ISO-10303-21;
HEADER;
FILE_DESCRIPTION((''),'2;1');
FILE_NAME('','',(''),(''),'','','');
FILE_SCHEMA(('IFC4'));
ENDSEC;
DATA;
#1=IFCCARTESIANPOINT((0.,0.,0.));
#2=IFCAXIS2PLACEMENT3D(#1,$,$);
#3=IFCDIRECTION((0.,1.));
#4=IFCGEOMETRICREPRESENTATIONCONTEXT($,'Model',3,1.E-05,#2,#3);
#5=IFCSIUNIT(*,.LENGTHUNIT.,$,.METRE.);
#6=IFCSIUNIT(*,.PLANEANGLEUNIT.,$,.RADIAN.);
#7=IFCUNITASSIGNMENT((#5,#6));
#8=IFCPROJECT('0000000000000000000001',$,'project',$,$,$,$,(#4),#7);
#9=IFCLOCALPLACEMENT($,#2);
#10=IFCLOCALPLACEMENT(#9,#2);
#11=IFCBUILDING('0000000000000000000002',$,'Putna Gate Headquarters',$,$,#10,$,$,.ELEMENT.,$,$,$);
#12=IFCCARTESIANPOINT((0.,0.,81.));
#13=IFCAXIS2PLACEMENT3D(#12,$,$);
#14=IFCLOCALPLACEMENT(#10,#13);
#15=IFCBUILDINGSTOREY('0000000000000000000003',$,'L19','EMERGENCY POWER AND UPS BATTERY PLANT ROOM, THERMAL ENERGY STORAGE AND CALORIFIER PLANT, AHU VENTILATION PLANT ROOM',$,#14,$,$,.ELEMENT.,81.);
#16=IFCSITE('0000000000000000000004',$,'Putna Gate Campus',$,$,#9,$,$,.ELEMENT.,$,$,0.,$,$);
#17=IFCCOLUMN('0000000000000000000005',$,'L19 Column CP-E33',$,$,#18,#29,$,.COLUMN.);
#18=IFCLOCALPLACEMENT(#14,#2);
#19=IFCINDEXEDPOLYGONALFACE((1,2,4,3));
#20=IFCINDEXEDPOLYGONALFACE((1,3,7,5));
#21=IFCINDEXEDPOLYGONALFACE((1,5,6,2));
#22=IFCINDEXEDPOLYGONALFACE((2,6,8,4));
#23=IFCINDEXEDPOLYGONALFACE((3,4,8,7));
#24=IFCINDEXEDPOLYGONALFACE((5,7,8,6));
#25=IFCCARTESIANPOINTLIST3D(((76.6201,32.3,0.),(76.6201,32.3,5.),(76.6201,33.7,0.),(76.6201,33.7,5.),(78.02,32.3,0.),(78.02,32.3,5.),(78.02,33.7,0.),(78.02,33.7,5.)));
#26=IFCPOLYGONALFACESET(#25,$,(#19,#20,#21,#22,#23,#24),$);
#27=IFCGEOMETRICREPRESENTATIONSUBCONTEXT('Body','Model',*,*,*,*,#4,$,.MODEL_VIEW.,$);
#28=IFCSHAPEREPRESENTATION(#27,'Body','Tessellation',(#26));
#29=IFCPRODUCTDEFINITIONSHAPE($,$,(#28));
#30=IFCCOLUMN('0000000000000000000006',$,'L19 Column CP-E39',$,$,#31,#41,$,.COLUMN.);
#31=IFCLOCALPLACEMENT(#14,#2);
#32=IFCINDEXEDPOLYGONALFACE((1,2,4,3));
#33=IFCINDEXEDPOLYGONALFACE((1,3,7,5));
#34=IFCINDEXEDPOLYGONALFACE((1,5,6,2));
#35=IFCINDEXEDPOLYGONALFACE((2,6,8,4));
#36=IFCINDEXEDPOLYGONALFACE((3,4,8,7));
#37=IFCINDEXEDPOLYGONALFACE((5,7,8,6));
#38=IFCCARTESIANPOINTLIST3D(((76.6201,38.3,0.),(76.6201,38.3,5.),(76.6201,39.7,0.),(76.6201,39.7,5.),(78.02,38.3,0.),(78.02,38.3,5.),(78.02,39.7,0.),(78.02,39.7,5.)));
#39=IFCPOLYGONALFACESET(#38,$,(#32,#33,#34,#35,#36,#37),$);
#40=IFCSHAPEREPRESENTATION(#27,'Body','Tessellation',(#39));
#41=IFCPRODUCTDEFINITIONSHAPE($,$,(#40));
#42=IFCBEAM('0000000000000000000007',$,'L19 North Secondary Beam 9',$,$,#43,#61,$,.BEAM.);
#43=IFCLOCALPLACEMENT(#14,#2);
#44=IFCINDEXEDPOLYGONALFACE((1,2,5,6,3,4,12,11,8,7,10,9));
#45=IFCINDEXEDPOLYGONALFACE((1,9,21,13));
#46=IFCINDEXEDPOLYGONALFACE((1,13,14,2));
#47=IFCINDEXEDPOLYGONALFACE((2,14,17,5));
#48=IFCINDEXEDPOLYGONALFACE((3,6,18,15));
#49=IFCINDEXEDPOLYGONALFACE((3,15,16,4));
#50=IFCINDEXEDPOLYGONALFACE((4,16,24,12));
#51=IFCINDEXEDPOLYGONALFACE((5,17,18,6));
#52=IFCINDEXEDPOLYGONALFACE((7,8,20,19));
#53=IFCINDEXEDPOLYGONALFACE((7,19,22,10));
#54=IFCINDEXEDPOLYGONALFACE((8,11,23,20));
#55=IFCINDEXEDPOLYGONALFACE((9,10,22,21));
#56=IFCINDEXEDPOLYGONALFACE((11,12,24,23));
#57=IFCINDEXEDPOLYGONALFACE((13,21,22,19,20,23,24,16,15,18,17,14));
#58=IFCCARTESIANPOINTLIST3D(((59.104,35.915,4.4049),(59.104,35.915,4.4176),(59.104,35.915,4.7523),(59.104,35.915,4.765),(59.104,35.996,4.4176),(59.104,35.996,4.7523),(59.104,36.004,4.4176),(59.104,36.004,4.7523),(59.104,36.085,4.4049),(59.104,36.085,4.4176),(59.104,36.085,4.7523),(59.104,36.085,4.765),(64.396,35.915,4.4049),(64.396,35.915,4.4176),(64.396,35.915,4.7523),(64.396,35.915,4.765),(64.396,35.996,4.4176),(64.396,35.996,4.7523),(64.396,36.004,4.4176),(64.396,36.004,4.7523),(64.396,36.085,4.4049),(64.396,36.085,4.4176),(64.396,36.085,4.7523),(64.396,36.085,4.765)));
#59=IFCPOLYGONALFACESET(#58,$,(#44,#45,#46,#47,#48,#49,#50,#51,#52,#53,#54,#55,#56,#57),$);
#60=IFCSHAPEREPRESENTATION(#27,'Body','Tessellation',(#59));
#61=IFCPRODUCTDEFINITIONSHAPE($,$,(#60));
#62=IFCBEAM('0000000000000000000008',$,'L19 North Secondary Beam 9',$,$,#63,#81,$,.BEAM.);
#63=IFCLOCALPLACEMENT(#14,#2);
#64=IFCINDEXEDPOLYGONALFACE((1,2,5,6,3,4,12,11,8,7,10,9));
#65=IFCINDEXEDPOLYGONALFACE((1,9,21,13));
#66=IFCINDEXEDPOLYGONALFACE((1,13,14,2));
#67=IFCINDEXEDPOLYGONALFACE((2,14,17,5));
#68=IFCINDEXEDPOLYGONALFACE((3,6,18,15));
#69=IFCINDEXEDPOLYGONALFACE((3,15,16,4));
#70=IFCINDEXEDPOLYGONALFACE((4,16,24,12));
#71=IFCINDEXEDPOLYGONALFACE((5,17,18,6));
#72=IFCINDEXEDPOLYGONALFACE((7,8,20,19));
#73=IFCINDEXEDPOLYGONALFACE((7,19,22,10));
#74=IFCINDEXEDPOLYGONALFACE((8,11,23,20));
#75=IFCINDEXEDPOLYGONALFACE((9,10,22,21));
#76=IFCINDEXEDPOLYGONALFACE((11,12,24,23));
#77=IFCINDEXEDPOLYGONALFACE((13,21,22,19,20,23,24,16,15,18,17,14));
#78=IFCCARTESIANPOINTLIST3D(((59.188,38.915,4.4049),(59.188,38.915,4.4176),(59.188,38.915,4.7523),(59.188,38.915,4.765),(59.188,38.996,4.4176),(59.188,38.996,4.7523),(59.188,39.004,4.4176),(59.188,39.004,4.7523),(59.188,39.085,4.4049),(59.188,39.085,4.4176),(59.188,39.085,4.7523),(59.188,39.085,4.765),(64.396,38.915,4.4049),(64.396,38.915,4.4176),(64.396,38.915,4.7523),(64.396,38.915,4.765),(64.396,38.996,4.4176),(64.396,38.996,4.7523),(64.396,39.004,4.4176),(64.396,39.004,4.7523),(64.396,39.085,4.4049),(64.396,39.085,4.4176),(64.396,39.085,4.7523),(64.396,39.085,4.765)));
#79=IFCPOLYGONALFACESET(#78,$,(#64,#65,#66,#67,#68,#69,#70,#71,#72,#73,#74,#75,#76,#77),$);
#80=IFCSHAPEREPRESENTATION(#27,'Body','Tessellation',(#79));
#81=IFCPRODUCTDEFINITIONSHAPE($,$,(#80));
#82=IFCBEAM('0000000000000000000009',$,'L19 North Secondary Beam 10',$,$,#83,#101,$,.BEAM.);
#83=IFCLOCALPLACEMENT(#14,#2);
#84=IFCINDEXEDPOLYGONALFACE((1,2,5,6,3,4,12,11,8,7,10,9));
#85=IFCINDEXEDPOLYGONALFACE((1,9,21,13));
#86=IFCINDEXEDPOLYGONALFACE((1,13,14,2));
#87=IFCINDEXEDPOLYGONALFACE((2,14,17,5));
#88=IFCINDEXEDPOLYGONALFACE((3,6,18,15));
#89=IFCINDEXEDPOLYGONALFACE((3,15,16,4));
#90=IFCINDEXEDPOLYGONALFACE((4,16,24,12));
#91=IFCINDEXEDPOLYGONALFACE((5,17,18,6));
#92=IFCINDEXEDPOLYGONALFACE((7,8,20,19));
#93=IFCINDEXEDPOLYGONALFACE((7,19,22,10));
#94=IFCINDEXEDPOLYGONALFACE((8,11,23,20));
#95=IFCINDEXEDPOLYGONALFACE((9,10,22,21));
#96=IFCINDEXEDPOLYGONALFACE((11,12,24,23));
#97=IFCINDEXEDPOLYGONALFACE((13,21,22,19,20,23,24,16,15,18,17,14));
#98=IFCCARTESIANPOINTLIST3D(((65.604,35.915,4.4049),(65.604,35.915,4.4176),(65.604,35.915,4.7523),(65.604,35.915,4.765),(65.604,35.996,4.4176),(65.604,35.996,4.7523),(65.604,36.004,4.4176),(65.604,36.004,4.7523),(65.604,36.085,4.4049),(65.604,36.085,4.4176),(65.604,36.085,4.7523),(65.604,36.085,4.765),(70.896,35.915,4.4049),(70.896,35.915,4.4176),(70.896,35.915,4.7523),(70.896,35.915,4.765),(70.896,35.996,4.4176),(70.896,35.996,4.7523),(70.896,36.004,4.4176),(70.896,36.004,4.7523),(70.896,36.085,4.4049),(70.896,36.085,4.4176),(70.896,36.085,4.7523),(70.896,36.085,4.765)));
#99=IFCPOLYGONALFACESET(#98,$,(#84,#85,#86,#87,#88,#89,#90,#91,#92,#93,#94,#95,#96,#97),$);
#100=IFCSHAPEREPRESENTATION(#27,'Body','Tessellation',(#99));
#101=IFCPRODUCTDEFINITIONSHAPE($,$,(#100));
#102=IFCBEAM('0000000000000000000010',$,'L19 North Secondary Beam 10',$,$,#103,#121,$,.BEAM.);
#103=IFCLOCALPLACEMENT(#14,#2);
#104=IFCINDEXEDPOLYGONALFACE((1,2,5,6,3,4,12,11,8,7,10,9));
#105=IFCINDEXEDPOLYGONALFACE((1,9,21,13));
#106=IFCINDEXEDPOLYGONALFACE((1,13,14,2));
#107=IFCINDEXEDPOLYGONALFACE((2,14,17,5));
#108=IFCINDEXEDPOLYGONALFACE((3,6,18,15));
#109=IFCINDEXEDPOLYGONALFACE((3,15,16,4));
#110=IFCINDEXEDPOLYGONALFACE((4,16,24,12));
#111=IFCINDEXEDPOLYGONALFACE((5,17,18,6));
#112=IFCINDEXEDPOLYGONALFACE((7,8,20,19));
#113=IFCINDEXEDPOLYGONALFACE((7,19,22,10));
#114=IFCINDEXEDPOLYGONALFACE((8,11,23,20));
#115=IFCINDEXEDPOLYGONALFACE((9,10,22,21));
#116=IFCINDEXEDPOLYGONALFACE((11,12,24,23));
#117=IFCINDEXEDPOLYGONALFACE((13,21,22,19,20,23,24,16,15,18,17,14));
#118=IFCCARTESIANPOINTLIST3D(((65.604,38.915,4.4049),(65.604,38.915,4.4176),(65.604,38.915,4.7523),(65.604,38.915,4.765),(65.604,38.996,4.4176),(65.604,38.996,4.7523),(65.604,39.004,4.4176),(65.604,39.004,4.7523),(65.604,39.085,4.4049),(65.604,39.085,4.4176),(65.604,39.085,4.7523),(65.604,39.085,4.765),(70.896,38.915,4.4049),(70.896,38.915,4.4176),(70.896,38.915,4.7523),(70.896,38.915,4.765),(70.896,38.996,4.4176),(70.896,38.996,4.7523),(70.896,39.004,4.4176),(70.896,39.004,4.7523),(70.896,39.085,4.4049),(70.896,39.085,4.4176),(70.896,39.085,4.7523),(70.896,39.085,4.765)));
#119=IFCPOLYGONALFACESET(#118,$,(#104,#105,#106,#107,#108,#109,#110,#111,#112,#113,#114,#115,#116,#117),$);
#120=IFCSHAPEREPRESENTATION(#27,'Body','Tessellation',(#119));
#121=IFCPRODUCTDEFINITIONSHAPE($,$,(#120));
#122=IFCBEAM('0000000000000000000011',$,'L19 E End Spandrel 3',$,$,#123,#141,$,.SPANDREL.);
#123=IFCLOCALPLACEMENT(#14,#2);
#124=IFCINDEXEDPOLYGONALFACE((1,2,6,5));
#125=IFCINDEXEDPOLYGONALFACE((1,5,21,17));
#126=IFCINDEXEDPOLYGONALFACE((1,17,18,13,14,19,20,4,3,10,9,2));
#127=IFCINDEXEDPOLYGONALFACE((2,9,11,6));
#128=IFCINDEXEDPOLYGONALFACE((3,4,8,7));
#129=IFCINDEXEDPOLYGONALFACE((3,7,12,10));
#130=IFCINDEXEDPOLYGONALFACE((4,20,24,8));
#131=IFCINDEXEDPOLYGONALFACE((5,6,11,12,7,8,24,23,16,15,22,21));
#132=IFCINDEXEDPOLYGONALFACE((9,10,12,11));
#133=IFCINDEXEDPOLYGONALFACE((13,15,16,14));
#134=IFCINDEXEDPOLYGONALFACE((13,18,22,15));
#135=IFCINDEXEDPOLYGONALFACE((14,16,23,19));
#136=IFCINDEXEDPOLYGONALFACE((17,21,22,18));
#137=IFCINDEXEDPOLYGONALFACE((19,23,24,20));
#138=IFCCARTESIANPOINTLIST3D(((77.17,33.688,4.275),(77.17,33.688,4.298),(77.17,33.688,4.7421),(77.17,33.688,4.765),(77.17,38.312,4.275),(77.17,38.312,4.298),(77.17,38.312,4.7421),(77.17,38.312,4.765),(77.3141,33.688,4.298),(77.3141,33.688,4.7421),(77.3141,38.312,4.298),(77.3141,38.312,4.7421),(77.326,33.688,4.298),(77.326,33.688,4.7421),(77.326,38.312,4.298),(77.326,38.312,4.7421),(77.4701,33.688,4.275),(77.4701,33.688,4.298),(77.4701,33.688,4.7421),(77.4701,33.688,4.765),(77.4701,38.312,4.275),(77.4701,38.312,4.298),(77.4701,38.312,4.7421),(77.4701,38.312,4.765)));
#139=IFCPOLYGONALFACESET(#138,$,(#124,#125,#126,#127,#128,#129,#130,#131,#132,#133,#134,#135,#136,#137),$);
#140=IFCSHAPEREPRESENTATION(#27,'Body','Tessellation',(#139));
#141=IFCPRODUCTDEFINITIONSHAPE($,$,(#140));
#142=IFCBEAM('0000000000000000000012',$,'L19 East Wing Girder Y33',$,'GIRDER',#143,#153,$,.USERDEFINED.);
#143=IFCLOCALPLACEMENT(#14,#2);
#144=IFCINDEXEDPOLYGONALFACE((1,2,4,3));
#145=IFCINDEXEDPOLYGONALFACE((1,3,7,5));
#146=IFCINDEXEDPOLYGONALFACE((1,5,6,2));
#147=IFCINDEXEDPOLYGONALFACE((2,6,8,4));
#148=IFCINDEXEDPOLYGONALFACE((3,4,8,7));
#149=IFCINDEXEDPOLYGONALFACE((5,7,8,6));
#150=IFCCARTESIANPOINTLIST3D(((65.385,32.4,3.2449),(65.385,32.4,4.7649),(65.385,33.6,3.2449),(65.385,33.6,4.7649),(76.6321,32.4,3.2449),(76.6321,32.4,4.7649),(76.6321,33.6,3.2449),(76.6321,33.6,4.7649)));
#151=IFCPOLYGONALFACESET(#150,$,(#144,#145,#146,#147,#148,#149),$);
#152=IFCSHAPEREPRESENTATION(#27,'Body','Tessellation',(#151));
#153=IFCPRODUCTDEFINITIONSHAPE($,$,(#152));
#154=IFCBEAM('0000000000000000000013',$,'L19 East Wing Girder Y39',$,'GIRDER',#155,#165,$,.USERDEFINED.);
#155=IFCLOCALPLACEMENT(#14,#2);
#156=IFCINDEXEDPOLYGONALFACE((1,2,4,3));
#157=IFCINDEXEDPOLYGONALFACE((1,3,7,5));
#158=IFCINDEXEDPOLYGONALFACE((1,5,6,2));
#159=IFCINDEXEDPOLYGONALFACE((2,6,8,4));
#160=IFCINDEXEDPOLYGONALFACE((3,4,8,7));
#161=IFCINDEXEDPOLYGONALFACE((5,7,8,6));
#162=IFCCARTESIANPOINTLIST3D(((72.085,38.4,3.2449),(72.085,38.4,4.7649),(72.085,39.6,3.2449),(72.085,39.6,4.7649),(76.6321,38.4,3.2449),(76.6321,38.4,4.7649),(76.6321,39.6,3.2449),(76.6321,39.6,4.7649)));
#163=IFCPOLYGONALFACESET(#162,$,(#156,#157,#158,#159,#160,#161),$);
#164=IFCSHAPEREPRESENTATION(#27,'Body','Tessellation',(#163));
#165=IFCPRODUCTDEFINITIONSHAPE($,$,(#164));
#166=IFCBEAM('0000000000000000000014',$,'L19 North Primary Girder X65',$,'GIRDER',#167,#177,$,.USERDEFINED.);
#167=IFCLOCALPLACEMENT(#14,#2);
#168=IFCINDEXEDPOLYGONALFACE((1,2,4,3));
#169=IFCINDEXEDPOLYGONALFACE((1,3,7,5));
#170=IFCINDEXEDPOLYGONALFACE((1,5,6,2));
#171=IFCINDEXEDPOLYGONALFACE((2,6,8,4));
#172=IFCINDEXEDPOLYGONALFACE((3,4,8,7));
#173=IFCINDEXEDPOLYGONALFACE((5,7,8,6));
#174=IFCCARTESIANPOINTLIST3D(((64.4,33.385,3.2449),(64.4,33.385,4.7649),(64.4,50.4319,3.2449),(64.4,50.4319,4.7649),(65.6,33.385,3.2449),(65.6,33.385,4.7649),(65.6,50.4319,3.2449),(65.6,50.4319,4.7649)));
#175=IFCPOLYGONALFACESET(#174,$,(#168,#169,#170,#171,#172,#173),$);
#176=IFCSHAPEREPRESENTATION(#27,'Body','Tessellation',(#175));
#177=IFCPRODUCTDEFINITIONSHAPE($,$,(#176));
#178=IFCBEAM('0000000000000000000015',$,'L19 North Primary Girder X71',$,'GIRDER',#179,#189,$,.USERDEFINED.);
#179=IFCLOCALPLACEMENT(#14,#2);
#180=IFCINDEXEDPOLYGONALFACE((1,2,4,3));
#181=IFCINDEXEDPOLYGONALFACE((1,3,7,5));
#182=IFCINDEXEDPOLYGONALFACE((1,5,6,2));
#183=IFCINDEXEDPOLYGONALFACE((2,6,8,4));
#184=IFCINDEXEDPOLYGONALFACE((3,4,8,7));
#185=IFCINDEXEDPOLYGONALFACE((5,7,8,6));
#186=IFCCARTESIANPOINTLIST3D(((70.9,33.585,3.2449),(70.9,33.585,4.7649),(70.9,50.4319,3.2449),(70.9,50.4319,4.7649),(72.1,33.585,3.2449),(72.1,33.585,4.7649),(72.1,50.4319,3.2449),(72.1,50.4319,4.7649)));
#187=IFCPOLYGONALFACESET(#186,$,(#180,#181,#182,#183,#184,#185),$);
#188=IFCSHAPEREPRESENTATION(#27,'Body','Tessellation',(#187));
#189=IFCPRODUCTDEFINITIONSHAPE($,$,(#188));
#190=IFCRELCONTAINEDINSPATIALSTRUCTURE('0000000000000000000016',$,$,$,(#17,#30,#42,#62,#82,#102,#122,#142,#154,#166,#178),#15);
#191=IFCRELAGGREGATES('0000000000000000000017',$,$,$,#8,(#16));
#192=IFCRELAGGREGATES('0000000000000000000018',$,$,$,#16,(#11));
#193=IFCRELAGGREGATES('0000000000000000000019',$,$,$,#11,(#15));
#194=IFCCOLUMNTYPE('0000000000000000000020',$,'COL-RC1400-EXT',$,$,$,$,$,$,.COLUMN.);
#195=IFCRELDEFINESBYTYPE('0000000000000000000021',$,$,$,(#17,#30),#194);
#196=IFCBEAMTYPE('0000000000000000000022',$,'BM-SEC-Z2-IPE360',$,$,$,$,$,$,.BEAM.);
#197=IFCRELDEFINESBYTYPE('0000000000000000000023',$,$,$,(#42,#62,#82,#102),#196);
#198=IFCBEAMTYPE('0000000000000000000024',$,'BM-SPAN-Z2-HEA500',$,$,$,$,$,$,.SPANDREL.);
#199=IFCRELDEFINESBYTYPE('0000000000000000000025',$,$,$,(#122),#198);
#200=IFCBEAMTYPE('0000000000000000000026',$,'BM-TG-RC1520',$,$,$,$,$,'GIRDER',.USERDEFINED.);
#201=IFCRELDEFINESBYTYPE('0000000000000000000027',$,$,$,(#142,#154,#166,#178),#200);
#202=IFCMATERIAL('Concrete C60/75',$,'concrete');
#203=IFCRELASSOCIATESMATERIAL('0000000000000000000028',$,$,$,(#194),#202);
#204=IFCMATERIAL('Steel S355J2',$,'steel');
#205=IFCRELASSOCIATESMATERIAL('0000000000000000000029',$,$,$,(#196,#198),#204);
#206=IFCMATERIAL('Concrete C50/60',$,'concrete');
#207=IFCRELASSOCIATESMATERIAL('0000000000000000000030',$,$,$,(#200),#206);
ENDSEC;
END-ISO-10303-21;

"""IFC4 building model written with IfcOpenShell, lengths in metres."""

from ifc_helpers import new_model, si_unit, direction, frame, origin, origin_2d, place, context, subcontext, project, spatial, rectangle, i_section, extrude, material, material_profile, profile_set, type_object, element, save


model = new_model("IFC4")

# Units and contexts
model_context = context("Model", 3, precision=1e-05, world=origin(), true_north=direction((0.0, 1.0)))
body_context = subcontext(model_context, "Body", "Model", "MODEL_VIEW")
ifc_project = project(units=[si_unit("LENGTHUNIT", "METRE"), si_unit("PLANEANGLEUNIT", "RADIAN")], contexts=[model_context])

# Site, building, storey
site_placement = place(None, origin())
site = spatial("IfcSite", under=ifc_project, at=site_placement, Name="Putna Gate Campus", CompositionType="ELEMENT", RefElevation=0.0)
building_placement = place(site_placement, origin())
building = spatial("IfcBuilding", under=site, at=building_placement, Name="Putna Gate Headquarters", CompositionType="ELEMENT")
storey_placement = place(building_placement, frame((0.0, 0.0, 81.0)))
storey = spatial("IfcBuildingStorey", under=building, at=storey_placement, Name="L19", Description="EMERGENCY POWER AND UPS BATTERY PLANT ROOM, THERMAL ENERGY STORAGE AND CALORIFIER PLANT, AHU VENTILATION PLANT ROOM", CompositionType="ELEMENT", Elevation=81.0)

# Columns
ifc_material_1 = material(Name="Concrete C60/75", Category="concrete")
ifc_material_profile_1 = material_profile(ifc_material_1, rectangle(XDim=1.3999, YDim=1.3999, at=origin_2d()), Name="Concrete C60/75")
ifc_profile_set_1 = profile_set([ifc_material_profile_1], Name="Concrete C60/75")
column_type = type_object("IfcColumnType", Name="COL-RC1400-EXT", PredefinedType="COLUMN", material=ifc_profile_set_1)
for number, where, z_axis, x_axis, name in (
    (1, (77.3201, 33.0, 0.0), (0.0, 0.0, 1.0), (1.0, 0.0, 0.0), "L19 Column CP-E33"),
    (2, (77.3201, 39.0, 0.0), (0.0, 0.0, 1.0), (1.0, 0.0, 0.0), "L19 Column CP-E39"),
):
    element("IfcColumn", number, at=place(storey_placement, frame(where, z_axis=z_axis, x_axis=x_axis)), inside=storey, type_object=column_type, Name=name, PredefinedType="COLUMN", context=body_context, shape_type="SweptSolid", body=[
        extrude(rectangle(XDim=1.3999, YDim=1.3999, at=origin_2d()), origin(), (0.0, 0.0, 1.0), 5.0),
    ])

# Beams
ifc_material_2 = material(Name="Steel S355J2", Category="steel")
ifc_material_profile_2 = material_profile(ifc_material_2, i_section(OverallWidth=0.1699, OverallDepth=0.3601, WebThickness=0.0081, FlangeThickness=0.0127, at=origin_2d()), Name="Steel S355J2")
ifc_profile_set_2 = profile_set([ifc_material_profile_2], Name="Steel S355J2")
beam_type_1 = type_object("IfcBeamType", Name="BM-SEC-Z2-IPE360", PredefinedType="BEAM", material=ifc_profile_set_2)
beam_1_placement = place(storey_placement, frame((59.104, 36.0, 4.585), z_axis=(1.0, 0.0, 0.0), x_axis=(0.0, 1.0, 0.0)))
element("IfcBeam", 3, at=beam_1_placement, inside=storey, type_object=beam_type_1, Name="L19 North Secondary Beam 9", PredefinedType="BEAM", context=body_context, shape_type="SweptSolid", body=[
    extrude(i_section(OverallWidth=0.1699, OverallDepth=0.3601, WebThickness=0.0081, FlangeThickness=0.0127, at=origin_2d()), origin(), (0.0, 0.0, 1.0), 5.292),
])
beam_2_placement = place(storey_placement, frame((59.188, 39.0, 4.585), z_axis=(1.0, 0.0, 0.0), x_axis=(0.0, 1.0, 0.0)))
element("IfcBeam", 4, at=beam_2_placement, inside=storey, type_object=beam_type_1, Name="L19 North Secondary Beam 9", PredefinedType="BEAM", context=body_context, shape_type="SweptSolid", body=[
    extrude(i_section(OverallWidth=0.1699, OverallDepth=0.3601, WebThickness=0.0081, FlangeThickness=0.0127, at=origin_2d()), origin(), (0.0, 0.0, 1.0), 5.208),
])
for number, where, z_axis, x_axis, name in (
    (5, (65.604, 36.0, 4.585), (1.0, 0.0, 0.0), (0.0, 1.0, 0.0), "L19 North Secondary Beam 10"),
    (6, (65.604, 39.0, 4.585), (1.0, 0.0, 0.0), (0.0, 1.0, 0.0), "L19 North Secondary Beam 10"),
):
    element("IfcBeam", number, at=place(storey_placement, frame(where, z_axis=z_axis, x_axis=x_axis)), inside=storey, type_object=beam_type_1, Name=name, PredefinedType="BEAM", context=body_context, shape_type="SweptSolid", body=[
        extrude(i_section(OverallWidth=0.1699, OverallDepth=0.3601, WebThickness=0.0081, FlangeThickness=0.0127, at=origin_2d()), origin(), (0.0, 0.0, 1.0), 5.292),
    ])
ifc_material_profile_3 = material_profile(ifc_material_2, i_section(OverallWidth=0.3, OverallDepth=0.49, WebThickness=0.012, FlangeThickness=0.0229, at=origin_2d()), Name="Steel S355J2")
ifc_profile_set_3 = profile_set([ifc_material_profile_3], Name="Steel S355J2")
beam_type_2 = type_object("IfcBeamType", Name="BM-SPAN-Z2-HEA500", PredefinedType="SPANDREL", material=ifc_profile_set_3)
beam_3_placement = place(storey_placement, frame((77.3201, 33.688, 4.52), z_axis=(0.0, 1.0, 0.0), x_axis=(-1.0, 0.0, 0.0)))
element("IfcBeam", 7, at=beam_3_placement, inside=storey, type_object=beam_type_2, Name="L19 E End Spandrel 3", PredefinedType="SPANDREL", context=body_context, shape_type="SweptSolid", body=[
    extrude(i_section(OverallWidth=0.3, OverallDepth=0.49, WebThickness=0.012, FlangeThickness=0.0229, at=origin_2d()), origin(), (0.0, 0.0, 1.0), 4.624),
])
ifc_material_3 = material(Name="Concrete C50/60", Category="concrete")
ifc_material_profile_4 = material_profile(ifc_material_3, rectangle(XDim=1.2, YDim=1.52, at=origin_2d()), Name="Concrete C50/60")
ifc_profile_set_4 = profile_set([ifc_material_profile_4], Name="Concrete C50/60")
beam_type_3 = type_object("IfcBeamType", Name="BM-TG-RC1520", ElementType="GIRDER", PredefinedType="USERDEFINED", material=ifc_profile_set_4)
beam_4_placement = place(storey_placement, frame((65.385, 33.0, 4.0049), z_axis=(1.0, 0.0, 0.0), x_axis=(0.0, 1.0, 0.0)))
element("IfcBeam", 8, at=beam_4_placement, inside=storey, type_object=beam_type_3, Name="L19 East Wing Girder Y33", ObjectType="GIRDER", PredefinedType="USERDEFINED", context=body_context, shape_type="SweptSolid", body=[
    extrude(rectangle(XDim=1.2, YDim=1.52, at=origin_2d()), origin(), (0.0, 0.0, 1.0), 11.2471),
])
beam_5_placement = place(storey_placement, frame((72.085, 39.0, 4.0049), z_axis=(1.0, 0.0, 0.0), x_axis=(0.0, 1.0, 0.0)))
element("IfcBeam", 9, at=beam_5_placement, inside=storey, type_object=beam_type_3, Name="L19 East Wing Girder Y39", ObjectType="GIRDER", PredefinedType="USERDEFINED", context=body_context, shape_type="SweptSolid", body=[
    extrude(rectangle(XDim=1.2, YDim=1.52, at=origin_2d()), origin(), (0.0, 0.0, 1.0), 4.5471),
])
beam_6_placement = place(storey_placement, frame((65.0, 33.385, 4.0049), z_axis=(0.0, 1.0, 0.0), x_axis=(-1.0, 0.0, 0.0)))
element("IfcBeam", 10, at=beam_6_placement, inside=storey, type_object=beam_type_3, Name="L19 North Primary Girder X65", ObjectType="GIRDER", PredefinedType="USERDEFINED", context=body_context, shape_type="SweptSolid", body=[
    extrude(rectangle(XDim=1.2, YDim=1.52, at=origin_2d()), origin(), (0.0, 0.0, 1.0), 17.0469),
])
beam_7_placement = place(storey_placement, frame((71.5, 33.585, 4.0049), z_axis=(0.0, 1.0, 0.0), x_axis=(-1.0, 0.0, 0.0)))
element("IfcBeam", 11, at=beam_7_placement, inside=storey, type_object=beam_type_3, Name="L19 North Primary Girder X71", ObjectType="GIRDER", PredefinedType="USERDEFINED", context=body_context, shape_type="SweptSolid", body=[
    extrude(rectangle(XDim=1.2, YDim=1.52, at=origin_2d()), origin(), (0.0, 0.0, 1.0), 16.8469),
])

save(model, "model.ifc")
